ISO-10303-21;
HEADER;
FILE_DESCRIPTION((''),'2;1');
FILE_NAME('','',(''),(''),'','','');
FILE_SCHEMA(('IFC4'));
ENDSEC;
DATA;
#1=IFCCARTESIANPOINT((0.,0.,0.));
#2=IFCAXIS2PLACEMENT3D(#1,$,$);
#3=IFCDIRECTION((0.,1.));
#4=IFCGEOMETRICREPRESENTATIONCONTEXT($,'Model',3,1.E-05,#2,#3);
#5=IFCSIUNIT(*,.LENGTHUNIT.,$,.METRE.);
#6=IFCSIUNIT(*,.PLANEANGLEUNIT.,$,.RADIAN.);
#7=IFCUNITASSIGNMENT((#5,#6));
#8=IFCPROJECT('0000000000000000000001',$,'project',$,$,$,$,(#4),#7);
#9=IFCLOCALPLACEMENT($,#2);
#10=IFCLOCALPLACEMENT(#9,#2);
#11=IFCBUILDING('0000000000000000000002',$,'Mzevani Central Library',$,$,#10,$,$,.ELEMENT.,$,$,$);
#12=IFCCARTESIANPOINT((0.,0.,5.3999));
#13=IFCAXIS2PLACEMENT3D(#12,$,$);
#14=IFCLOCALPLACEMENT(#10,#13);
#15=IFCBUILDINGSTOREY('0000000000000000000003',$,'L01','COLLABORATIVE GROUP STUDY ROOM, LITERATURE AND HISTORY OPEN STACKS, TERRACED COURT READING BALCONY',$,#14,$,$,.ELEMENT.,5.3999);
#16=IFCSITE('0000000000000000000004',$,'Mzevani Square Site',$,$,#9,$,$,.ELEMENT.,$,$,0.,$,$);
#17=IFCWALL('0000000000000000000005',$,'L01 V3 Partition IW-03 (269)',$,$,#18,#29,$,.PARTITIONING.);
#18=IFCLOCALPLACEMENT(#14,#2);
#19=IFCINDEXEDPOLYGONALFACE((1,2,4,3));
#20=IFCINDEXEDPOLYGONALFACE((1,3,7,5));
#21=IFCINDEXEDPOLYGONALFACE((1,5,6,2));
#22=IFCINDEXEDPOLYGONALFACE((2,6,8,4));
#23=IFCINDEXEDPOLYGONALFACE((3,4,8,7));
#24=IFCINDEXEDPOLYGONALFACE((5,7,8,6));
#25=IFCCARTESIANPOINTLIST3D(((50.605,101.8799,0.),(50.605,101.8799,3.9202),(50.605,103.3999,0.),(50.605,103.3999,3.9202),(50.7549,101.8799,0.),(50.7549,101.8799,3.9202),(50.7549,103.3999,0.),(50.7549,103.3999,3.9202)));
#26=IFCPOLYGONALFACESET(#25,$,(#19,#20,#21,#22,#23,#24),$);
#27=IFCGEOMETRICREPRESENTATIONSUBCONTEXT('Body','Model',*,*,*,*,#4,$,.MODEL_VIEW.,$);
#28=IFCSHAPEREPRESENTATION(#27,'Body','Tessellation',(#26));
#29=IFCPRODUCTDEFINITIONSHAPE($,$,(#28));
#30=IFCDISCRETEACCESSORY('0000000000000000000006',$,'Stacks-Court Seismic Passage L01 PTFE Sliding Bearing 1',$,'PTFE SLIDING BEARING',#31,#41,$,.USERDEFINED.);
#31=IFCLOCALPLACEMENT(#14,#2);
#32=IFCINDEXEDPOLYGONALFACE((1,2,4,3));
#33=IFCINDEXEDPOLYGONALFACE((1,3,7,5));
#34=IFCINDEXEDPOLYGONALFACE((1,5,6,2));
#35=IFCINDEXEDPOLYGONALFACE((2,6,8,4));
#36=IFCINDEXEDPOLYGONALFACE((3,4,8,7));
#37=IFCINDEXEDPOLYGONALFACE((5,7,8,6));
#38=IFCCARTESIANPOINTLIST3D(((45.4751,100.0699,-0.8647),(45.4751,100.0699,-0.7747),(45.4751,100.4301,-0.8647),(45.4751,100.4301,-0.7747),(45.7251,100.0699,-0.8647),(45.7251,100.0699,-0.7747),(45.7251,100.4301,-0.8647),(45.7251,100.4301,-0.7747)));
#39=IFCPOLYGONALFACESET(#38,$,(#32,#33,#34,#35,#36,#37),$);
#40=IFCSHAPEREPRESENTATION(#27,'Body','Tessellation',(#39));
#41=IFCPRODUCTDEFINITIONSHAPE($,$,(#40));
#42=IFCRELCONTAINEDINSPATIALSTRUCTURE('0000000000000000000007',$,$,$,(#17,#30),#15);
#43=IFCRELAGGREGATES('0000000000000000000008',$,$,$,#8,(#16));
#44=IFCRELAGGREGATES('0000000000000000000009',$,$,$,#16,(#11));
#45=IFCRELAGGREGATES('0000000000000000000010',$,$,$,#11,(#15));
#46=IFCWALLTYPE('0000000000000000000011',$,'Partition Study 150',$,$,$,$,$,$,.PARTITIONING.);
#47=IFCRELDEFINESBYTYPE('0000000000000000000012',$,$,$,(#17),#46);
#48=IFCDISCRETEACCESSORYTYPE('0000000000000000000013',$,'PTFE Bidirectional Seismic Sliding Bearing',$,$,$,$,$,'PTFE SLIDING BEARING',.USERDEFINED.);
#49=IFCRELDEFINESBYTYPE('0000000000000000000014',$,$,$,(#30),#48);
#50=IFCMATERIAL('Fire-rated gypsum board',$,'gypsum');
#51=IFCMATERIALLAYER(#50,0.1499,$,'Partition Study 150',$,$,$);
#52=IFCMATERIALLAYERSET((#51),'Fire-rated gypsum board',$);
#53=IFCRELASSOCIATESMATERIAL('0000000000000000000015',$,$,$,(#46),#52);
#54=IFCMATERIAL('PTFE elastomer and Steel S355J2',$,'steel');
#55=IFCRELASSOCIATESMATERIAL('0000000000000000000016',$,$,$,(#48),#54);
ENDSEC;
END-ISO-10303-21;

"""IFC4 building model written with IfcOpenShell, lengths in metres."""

from ifc_helpers import new_model, si_unit, direction, frame, frame_2d, origin, origin_2d, place, context, subcontext, project, spatial, rectangle, extrude, material, layer, layer_set, type_object, element, save


model = new_model("IFC4")

# Units and contexts
model_context = context("Model", 3, precision=1e-05, world=origin(), true_north=direction((0.0, 1.0)))
body_context = subcontext(model_context, "Body", "Model", "MODEL_VIEW")
ifc_project = project(units=[si_unit("LENGTHUNIT", "METRE"), si_unit("PLANEANGLEUNIT", "RADIAN")], contexts=[model_context])

# Site, building, storey
site_placement = place(None, origin())
site = spatial("IfcSite", under=ifc_project, at=site_placement, Name="Mzevani Square Site", CompositionType="ELEMENT", RefElevation=0.0)
building_placement = place(site_placement, origin())
building = spatial("IfcBuilding", under=site, at=building_placement, Name="Mzevani Central Library", CompositionType="ELEMENT")
storey_placement = place(building_placement, frame((0.0, 0.0, 5.3999)))
storey = spatial("IfcBuildingStorey", under=building, at=storey_placement, Name="L01", Description="COLLABORATIVE GROUP STUDY ROOM, LITERATURE AND HISTORY OPEN STACKS, TERRACED COURT READING BALCONY", CompositionType="ELEMENT", Elevation=5.3999)

# Shared definitions
ifc_material_1 = material(Name="Fire-rated gypsum board", Category="gypsum")

# Wall
ifc_layer_1 = layer(ifc_material_1, 0.1499, Name="Partition Study 150")
ifc_layer_set_1 = layer_set([ifc_layer_1], Name="Fire-rated gypsum board")
wall_type_1 = type_object("IfcWallType", Name="Partition Study 150", PredefinedType="PARTITIONING", material=ifc_layer_set_1)
wall_1_placement = place(storey_placement, frame((50.6799, 101.8799, 0.0), z_axis=(0.0, 0.0, 1.0), x_axis=(0.0, 1.0, 0.0)))
element("IfcWall", 1, at=wall_1_placement, inside=storey, type_object=wall_type_1, Name="L01 V3 Partition IW-03 (269)", PredefinedType="PARTITIONING", context=body_context, shape_type="SweptSolid", body=[
    extrude(rectangle(XDim=1.52, YDim=0.1499, at=frame_2d((0.76, 0.0))), origin(), (0.0, 0.0, 1.0), 3.9202),
])

# Discrete accessory
ifc_material_2 = material(Name="PTFE elastomer and Steel S355J2", Category="steel")
discrete_accessory_type = type_object("IfcDiscreteAccessoryType", Name="PTFE Bidirectional Seismic Sliding Bearing", ElementType="PTFE SLIDING BEARING", PredefinedType="USERDEFINED", material=ifc_material_2)
discrete_accessory_placement = place(storey_placement, frame((45.6001, 100.25, -0.8647), z_axis=(0.0, 0.0, 1.0), x_axis=(1.0, 0.0, 0.0)))
element("IfcDiscreteAccessory", 2, at=discrete_accessory_placement, inside=storey, type_object=discrete_accessory_type, Name="Stacks-Court Seismic Passage L01 PTFE Sliding Bearing 1", ObjectType="PTFE SLIDING BEARING", PredefinedType="USERDEFINED", context=body_context, shape_type="SweptSolid", body=[
    extrude(rectangle(XDim=0.25, YDim=0.3601, at=origin_2d()), origin(), (0.0, 0.0, 1.0), 0.0901),
])

save(model, "model.ifc")
